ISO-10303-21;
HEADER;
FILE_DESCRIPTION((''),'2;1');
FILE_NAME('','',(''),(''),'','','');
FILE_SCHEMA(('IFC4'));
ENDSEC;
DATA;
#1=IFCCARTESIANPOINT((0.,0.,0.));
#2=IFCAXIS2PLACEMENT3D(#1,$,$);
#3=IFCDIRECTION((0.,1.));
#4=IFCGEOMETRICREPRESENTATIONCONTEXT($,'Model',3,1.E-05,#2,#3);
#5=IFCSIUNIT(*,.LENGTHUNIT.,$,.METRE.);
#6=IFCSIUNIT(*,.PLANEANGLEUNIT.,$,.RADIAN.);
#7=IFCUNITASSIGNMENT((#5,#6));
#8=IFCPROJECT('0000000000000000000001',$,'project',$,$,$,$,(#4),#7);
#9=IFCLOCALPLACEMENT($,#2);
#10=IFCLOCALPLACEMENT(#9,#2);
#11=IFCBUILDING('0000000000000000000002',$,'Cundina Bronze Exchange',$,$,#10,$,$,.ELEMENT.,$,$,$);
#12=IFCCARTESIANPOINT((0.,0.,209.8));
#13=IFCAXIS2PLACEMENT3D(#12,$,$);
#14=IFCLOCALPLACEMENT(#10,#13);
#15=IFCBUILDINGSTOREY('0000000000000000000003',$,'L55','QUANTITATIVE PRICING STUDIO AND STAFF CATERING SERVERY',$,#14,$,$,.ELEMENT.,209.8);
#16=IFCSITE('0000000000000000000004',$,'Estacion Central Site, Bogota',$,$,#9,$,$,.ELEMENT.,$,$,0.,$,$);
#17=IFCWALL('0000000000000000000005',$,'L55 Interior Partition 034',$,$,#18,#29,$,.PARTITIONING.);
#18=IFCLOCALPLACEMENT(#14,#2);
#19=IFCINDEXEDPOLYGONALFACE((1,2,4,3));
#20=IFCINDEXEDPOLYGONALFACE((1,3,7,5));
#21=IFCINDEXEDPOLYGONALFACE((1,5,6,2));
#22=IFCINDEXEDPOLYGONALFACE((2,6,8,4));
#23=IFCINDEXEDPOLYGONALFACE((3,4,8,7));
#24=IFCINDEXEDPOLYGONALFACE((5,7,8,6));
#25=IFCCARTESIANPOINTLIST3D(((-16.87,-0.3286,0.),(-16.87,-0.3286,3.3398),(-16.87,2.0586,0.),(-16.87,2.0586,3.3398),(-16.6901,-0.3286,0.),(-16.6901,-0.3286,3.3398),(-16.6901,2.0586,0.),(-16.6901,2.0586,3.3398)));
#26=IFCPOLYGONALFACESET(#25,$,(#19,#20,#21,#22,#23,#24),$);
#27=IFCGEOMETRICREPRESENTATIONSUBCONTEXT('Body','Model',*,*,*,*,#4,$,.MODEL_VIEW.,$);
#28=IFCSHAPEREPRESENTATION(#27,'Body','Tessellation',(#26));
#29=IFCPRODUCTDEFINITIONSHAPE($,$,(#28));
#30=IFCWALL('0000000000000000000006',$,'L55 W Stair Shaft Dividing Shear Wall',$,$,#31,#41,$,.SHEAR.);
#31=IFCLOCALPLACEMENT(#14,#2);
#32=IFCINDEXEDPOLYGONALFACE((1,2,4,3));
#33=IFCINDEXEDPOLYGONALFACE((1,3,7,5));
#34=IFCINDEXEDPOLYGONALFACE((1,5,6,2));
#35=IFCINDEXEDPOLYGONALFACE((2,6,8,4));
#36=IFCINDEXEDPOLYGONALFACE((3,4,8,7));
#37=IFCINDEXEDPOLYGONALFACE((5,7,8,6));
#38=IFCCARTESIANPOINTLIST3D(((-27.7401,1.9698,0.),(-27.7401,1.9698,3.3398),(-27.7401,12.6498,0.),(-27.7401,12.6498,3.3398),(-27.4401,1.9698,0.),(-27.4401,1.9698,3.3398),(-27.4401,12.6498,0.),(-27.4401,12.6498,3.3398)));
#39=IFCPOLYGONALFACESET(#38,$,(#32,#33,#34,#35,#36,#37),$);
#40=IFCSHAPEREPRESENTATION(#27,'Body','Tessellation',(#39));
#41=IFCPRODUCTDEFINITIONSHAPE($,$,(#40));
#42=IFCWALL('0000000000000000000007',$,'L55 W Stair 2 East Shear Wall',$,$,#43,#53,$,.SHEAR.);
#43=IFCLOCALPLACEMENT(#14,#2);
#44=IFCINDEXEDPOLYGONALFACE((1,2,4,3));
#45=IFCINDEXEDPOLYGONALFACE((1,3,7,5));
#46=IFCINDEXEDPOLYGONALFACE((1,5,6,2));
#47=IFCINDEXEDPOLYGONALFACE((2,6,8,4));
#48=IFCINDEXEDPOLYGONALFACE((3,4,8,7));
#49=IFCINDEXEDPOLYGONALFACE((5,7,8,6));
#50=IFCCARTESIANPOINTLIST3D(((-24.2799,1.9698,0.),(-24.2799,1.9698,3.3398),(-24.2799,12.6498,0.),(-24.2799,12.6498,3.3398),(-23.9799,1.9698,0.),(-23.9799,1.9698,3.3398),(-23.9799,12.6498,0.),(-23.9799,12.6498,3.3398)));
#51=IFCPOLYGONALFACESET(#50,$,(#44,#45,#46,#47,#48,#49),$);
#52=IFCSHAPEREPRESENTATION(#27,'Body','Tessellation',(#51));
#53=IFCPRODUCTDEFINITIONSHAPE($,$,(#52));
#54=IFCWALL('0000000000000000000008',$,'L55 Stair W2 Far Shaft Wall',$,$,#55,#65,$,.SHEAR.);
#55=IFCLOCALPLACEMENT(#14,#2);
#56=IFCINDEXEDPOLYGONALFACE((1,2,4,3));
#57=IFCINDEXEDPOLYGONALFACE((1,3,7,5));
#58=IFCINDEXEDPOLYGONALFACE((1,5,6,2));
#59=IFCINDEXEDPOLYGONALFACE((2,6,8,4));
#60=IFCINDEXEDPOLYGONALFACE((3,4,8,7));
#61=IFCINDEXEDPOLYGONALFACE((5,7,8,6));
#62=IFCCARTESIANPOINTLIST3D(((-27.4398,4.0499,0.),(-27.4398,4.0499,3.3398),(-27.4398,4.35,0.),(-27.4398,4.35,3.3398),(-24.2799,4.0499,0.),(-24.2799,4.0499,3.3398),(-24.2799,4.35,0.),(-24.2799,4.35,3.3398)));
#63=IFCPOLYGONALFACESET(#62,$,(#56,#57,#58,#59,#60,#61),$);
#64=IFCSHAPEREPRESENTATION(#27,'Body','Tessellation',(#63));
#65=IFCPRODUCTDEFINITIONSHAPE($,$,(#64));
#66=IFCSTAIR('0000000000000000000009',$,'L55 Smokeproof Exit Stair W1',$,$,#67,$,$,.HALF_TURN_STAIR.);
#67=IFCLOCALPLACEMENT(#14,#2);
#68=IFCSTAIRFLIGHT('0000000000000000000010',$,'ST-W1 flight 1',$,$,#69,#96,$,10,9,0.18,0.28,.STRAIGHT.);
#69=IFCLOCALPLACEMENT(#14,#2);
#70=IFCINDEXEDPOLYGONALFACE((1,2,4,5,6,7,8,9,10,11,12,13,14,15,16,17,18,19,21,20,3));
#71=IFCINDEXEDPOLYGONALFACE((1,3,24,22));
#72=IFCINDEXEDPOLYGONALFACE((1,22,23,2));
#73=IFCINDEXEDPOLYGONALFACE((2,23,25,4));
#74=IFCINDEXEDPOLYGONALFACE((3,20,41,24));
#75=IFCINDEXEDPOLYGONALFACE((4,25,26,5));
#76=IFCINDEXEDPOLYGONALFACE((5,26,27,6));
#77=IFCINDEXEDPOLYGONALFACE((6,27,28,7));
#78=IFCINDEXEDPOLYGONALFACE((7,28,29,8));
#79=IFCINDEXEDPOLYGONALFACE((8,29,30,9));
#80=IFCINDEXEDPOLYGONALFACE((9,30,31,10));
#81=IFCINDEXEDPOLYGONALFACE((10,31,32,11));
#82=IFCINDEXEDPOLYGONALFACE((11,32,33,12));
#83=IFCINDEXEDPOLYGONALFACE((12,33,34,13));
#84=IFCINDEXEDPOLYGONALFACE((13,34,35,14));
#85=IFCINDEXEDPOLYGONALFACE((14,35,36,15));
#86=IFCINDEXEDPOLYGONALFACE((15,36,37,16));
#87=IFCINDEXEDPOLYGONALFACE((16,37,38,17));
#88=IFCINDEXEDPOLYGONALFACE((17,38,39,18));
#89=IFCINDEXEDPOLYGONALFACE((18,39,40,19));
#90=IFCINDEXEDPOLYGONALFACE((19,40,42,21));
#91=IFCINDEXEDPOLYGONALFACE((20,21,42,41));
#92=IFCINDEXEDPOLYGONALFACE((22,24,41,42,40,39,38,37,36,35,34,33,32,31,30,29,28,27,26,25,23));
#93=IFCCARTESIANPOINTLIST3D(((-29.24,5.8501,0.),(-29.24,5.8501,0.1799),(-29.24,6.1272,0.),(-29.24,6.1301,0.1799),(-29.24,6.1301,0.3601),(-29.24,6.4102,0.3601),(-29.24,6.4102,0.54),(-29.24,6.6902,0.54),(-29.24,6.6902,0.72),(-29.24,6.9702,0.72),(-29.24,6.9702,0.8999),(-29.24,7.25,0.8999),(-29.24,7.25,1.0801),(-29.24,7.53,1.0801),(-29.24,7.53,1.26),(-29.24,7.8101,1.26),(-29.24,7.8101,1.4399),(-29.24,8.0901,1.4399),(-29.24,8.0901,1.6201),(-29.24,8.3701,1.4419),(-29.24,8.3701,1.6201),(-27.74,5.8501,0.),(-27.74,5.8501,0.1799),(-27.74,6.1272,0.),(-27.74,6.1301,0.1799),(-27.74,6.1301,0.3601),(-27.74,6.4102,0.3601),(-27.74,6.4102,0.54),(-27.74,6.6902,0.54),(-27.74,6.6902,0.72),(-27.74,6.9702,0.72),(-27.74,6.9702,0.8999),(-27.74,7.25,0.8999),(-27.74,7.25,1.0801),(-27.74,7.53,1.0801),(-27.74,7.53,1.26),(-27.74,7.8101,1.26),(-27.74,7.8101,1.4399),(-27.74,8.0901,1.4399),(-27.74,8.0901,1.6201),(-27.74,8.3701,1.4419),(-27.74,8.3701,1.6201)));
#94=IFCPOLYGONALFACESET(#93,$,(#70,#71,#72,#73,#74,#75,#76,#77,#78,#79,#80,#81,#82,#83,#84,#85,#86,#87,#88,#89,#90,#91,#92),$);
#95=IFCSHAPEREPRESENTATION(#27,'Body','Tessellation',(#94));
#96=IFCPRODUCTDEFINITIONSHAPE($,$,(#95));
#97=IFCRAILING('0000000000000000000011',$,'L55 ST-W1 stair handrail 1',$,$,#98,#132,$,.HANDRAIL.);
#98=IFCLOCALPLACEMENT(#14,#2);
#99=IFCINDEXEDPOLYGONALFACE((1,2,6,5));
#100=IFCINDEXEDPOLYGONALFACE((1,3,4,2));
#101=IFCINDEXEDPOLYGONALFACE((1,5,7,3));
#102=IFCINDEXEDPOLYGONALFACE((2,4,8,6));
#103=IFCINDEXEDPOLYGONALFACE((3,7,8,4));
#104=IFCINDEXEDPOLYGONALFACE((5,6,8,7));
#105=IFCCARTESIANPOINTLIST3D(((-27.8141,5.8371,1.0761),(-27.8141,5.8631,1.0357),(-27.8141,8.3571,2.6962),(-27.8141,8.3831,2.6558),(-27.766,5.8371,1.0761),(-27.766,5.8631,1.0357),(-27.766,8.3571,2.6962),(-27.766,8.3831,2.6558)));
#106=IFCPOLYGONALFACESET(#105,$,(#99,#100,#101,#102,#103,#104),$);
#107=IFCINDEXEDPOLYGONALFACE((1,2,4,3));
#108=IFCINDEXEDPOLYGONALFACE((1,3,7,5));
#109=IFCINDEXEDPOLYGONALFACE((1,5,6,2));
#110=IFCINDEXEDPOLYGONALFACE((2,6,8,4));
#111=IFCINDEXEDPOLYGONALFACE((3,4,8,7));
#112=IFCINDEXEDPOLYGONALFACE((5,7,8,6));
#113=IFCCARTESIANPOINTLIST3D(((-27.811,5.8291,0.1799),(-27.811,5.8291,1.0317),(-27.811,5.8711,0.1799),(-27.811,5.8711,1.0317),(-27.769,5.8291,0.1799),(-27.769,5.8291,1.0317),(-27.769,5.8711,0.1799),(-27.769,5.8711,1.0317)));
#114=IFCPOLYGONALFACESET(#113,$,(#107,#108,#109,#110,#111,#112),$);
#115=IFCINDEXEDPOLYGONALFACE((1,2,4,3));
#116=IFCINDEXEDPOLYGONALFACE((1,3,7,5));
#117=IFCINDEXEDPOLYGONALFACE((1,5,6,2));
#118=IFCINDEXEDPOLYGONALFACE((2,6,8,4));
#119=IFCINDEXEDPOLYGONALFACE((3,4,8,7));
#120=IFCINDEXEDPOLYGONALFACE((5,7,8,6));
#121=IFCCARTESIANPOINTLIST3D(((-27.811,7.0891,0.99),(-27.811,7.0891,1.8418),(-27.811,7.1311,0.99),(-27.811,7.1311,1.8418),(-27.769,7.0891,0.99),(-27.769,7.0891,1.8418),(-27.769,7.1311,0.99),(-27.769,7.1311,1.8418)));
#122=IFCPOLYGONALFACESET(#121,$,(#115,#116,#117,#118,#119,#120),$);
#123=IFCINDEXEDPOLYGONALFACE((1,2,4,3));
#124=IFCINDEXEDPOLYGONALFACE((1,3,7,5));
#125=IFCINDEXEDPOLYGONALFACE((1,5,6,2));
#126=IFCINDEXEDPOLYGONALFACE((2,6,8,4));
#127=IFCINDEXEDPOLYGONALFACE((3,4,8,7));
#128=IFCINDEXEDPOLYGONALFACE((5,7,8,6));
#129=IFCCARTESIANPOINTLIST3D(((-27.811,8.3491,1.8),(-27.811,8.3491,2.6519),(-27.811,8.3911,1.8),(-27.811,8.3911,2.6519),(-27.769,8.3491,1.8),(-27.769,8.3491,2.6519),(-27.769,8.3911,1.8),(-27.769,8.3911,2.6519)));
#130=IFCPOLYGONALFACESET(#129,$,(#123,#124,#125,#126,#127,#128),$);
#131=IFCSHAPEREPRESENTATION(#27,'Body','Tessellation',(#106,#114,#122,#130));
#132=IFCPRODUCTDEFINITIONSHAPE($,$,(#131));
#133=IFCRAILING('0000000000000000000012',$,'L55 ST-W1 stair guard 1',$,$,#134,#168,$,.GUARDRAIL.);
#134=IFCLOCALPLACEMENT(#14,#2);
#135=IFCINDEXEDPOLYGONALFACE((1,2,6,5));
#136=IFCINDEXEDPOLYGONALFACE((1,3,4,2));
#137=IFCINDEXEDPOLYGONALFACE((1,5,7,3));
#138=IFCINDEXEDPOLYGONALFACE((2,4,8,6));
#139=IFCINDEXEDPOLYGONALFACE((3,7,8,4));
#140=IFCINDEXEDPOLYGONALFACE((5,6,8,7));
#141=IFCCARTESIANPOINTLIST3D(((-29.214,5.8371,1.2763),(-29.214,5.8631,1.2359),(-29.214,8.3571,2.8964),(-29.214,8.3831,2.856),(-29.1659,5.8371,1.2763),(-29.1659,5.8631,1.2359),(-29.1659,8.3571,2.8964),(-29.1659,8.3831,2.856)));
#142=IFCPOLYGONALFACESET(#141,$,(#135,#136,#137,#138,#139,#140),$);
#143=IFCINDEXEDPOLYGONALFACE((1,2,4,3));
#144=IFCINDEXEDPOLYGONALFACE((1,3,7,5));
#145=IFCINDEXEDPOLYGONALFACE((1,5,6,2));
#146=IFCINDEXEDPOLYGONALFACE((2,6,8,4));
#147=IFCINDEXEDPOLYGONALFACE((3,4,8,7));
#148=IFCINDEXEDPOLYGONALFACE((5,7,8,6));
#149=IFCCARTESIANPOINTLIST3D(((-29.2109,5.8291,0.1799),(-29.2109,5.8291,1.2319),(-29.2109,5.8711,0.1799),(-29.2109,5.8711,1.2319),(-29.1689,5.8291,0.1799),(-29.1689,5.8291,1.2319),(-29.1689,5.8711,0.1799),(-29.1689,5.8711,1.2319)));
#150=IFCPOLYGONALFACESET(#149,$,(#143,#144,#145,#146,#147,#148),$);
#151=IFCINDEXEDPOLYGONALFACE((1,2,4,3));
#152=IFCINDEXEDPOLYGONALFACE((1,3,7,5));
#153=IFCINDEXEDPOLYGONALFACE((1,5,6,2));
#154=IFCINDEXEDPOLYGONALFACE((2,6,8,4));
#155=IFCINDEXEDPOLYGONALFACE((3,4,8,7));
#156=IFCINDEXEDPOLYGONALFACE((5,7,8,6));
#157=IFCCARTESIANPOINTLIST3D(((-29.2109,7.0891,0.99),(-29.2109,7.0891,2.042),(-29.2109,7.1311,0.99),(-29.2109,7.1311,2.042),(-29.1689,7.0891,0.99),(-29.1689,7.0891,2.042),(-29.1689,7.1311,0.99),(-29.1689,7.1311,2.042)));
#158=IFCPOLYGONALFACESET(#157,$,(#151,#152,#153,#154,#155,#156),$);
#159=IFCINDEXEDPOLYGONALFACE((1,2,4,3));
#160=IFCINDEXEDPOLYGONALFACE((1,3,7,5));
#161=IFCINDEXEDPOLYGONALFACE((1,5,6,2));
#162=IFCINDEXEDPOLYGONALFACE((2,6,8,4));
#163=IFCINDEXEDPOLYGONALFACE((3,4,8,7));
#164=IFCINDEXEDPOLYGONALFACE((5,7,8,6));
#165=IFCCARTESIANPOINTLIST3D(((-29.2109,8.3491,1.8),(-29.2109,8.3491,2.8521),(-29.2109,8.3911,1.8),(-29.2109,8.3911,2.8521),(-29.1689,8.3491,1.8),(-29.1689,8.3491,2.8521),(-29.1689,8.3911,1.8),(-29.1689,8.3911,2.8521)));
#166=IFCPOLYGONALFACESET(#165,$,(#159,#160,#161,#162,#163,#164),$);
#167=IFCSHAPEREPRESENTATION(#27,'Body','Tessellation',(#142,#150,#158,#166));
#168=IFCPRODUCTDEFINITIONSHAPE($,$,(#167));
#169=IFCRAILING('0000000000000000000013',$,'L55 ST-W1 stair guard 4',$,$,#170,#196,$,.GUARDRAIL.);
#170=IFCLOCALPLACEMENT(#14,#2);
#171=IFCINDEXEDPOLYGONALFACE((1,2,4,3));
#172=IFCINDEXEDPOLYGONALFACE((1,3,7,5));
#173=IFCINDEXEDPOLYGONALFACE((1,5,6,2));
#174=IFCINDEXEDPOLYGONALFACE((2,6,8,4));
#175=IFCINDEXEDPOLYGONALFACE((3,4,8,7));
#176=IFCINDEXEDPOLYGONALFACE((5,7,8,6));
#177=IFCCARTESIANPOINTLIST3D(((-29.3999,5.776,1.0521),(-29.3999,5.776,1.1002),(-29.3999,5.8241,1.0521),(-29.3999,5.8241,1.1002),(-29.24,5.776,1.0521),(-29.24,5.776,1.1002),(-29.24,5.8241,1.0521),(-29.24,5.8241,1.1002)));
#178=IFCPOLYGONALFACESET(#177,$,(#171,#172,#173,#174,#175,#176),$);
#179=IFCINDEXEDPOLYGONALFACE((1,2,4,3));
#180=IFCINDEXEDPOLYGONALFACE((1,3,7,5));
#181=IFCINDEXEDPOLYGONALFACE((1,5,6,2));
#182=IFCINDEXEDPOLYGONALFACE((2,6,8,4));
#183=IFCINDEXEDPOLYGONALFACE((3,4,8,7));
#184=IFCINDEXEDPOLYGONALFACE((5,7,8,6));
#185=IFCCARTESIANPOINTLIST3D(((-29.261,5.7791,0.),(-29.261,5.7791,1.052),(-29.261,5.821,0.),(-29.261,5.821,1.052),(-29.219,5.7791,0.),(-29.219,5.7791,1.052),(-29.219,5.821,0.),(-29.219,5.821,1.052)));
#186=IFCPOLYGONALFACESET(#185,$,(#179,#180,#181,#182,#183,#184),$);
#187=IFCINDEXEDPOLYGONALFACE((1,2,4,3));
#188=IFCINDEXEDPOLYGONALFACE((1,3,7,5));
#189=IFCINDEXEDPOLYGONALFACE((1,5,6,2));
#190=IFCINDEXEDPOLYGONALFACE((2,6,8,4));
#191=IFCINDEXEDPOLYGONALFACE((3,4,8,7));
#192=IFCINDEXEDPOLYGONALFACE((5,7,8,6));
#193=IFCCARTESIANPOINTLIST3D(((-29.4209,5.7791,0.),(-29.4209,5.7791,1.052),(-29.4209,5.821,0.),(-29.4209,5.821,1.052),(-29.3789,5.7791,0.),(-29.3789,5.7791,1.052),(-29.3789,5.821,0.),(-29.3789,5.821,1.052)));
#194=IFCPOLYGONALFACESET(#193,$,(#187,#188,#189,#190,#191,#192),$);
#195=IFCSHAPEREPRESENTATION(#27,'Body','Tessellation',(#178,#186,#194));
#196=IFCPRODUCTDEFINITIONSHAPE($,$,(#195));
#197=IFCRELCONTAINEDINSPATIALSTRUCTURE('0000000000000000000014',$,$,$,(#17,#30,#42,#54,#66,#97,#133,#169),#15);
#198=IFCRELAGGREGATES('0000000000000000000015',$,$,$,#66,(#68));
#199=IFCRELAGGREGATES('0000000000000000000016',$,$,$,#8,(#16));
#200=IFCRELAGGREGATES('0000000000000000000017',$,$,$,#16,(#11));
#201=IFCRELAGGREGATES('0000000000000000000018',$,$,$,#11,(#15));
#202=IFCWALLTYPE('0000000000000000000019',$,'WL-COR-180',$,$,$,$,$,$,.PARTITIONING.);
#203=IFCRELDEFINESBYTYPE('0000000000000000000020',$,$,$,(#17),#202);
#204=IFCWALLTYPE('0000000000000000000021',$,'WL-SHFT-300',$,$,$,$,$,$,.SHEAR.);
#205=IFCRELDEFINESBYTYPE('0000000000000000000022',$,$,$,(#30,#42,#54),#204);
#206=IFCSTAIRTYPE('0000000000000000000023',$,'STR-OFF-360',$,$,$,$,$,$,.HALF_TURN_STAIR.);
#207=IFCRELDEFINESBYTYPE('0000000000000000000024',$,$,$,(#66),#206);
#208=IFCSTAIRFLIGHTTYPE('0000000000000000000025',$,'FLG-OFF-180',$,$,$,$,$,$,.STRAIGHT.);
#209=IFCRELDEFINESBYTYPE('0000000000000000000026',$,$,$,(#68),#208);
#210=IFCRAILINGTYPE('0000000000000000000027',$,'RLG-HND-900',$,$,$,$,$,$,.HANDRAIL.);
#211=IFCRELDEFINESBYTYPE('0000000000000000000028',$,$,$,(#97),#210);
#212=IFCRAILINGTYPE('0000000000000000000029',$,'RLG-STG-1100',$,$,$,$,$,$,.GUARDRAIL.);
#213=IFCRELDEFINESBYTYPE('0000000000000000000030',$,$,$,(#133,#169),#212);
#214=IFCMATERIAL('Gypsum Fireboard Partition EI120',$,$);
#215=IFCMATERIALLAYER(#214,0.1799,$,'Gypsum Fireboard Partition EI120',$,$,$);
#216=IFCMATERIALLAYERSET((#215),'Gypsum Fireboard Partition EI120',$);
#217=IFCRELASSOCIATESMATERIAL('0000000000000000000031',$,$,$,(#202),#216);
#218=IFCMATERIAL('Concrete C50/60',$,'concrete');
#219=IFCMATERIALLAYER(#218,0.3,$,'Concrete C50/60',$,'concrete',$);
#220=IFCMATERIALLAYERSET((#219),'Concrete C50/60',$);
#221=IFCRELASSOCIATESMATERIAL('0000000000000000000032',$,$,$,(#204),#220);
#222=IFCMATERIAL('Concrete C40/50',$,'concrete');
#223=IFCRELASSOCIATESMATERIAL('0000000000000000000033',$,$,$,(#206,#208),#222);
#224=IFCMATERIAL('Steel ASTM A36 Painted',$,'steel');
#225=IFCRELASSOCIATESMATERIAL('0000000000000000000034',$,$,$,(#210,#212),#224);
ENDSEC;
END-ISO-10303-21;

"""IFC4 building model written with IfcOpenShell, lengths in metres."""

from ifc_helpers import new_model, si_unit, direction, frame, frame_2d, origin, origin_2d, place, context, subcontext, project, spatial, polyline, rectangle, outline, extrude, material, layer, layer_set, type_object, element, aggregate, save


model = new_model("IFC4")

# Units and contexts
model_context = context("Model", 3, precision=1e-05, world=origin(), true_north=direction((0.0, 1.0)))
body_context = subcontext(model_context, "Body", "Model", "MODEL_VIEW")
ifc_project = project(units=[si_unit("LENGTHUNIT", "METRE"), si_unit("PLANEANGLEUNIT", "RADIAN")], contexts=[model_context])

# Site, building, storey
site_placement = place(None, origin())
site = spatial("IfcSite", under=ifc_project, at=site_placement, Name="Estacion Central Site, Bogota", CompositionType="ELEMENT", RefElevation=0.0)
building_placement = place(site_placement, origin())
building = spatial("IfcBuilding", under=site, at=building_placement, Name="Cundina Bronze Exchange", CompositionType="ELEMENT")
storey_placement = place(building_placement, frame((0.0, 0.0, 209.8)))
storey = spatial("IfcBuildingStorey", under=building, at=storey_placement, Name="L55", Description="QUANTITATIVE PRICING STUDIO AND STAFF CATERING SERVERY", CompositionType="ELEMENT", Elevation=209.8)

# Shared definitions
ifc_material_1 = material(Name="Concrete C50/60", Category="concrete")

# Shared definitions
ifc_material_2 = material(Name="Gypsum Fireboard Partition EI120")
ifc_layer_1 = layer(ifc_material_2, 0.1799, Name="Gypsum Fireboard Partition EI120")
ifc_layer_set_1 = layer_set([ifc_layer_1], Name="Gypsum Fireboard Partition EI120")
wall_type_1 = type_object("IfcWallType", Name="WL-COR-180", PredefinedType="PARTITIONING", material=ifc_layer_set_1)

# Shared definitions
ifc_material_3 = material(Name="Steel ASTM A36 Painted", Category="steel")

# Walls
wall_1_placement = place(storey_placement, frame((-16.78, -0.3286, 0.0), z_axis=(0.0, 0.0, 1.0), x_axis=(0.0, 1.0, 0.0)))
element("IfcWall", 1, at=wall_1_placement, inside=storey, type_object=wall_type_1, Name="L55 Interior Partition 034", PredefinedType="PARTITIONING", context=body_context, shape_type="SweptSolid", body=[
    extrude(rectangle(XDim=2.3872, YDim=0.1799, at=frame_2d((1.1936, 0.0))), origin(), (0.0, 0.0, 1.0), 3.3398),
])
ifc_layer_2 = layer(ifc_material_1, 0.3, Name="Concrete C50/60", Category="concrete")
ifc_layer_set_2 = layer_set([ifc_layer_2], Name="Concrete C50/60")
wall_type_2 = type_object("IfcWallType", Name="WL-SHFT-300", PredefinedType="SHEAR", material=ifc_layer_set_2)
for number, where, z_axis, x_axis, name in (
    (2, (-27.5901, 1.97, 0.0), (0.0, 0.0, 1.0), (0.0, 1.0, 0.0), "L55 W Stair Shaft Dividing Shear Wall"),
    (3, (-24.1299, 1.97, 0.0), (0.0, 0.0, 1.0), (0.0, 1.0, 0.0), "L55 W Stair 2 East Shear Wall"),
):
    element("IfcWall", number, at=place(storey_placement, frame(where, z_axis=z_axis, x_axis=x_axis)), inside=storey, type_object=wall_type_2, Name=name, PredefinedType="SHEAR", context=body_context, shape_type="SweptSolid", body=[
        extrude(rectangle(XDim=10.6799, YDim=0.3, at=frame_2d((5.3398, 0.0))), origin(), (0.0, 0.0, 1.0), 3.3398),
    ])
wall_2_placement = place(storey_placement, frame((-27.4399, 4.2, 0.0), z_axis=(0.0, 0.0, 1.0), x_axis=(1.0, 0.0, 0.0)))
element("IfcWall", 4, at=wall_2_placement, inside=storey, type_object=wall_type_2, Name="L55 Stair W2 Far Shaft Wall", PredefinedType="SHEAR", context=body_context, shape_type="SweptSolid", body=[
    extrude(rectangle(XDim=3.1599, YDim=0.3, at=frame_2d((1.5801, 0.0))), origin(), (0.0, 0.0, 1.0), 3.3398),
])

# Stair, stair flight
ifc_material_4 = material(Name="Concrete C40/50", Category="concrete")
stair_type = type_object("IfcStairType", Name="STR-OFF-360", PredefinedType="HALF_TURN_STAIR", material=ifc_material_4)
stair_placement = place(storey_placement, origin())
stair = element("IfcStair", 5, at=stair_placement, inside=storey, type_object=stair_type, Name="L55 Smokeproof Exit Stair W1", PredefinedType="HALF_TURN_STAIR")
stair_flight_type = type_object("IfcStairFlightType", Name="FLG-OFF-180", PredefinedType="STRAIGHT", material=ifc_material_4)
stair_flight_placement = place(storey_placement, frame((-28.49, 5.8501, 0.0), z_axis=(0.0, 0.0, 1.0), x_axis=(0.0, 1.0, 0.0)))
stair_flight = element("IfcStairFlight", 6, at=stair_flight_placement, type_object=stair_flight_type, Name="ST-W1 flight 1", NumberOfRisers=10, NumberOfTreads=9, PredefinedType="STRAIGHT", RiserHeight=0.18, TreadLength=0.28, context=body_context, shape_type="SweptSolid", body=[
    extrude(outline(polyline([(0.0, 0.0), (0.0, 0.1799), (0.28, 0.1799), (0.28, 0.3601), (0.5601, 0.3601), (0.5601, 0.54), (0.8401, 0.54), (0.8401, 0.72), (1.1201, 0.72), (1.1201, 0.8999), (1.3999, 0.8999), (1.3999, 1.0801), (1.6799, 1.0801), (1.6799, 1.26), (1.96, 1.26), (1.96, 1.4399), (2.24, 1.4399), (2.24, 1.6201), (2.52, 1.6201), (2.52, 1.8), (2.52, 1.4419), (0.2771, 0.0), (0.0, 0.0)])), frame((0.0, 0.75, 0.0), z_axis=(0.0, -1.0, 0.0), x_axis=(1.0, 0.0, 0.0)), (0.0, 0.0, 1.0), 1.5),
])
aggregate(stair, [stair_flight])

# Railings
railing_type_1 = type_object("IfcRailingType", Name="RLG-HND-900", PredefinedType="HANDRAIL", material=ifc_material_3)
railing_1_placement = place(storey_placement, frame((-27.79, 5.8501, 0.1799)))
element("IfcRailing", 7, at=railing_1_placement, inside=storey, type_object=railing_type_1, Name="L55 ST-W1 stair handrail 1", PredefinedType="HANDRAIL", context=body_context, shape_type="SweptSolid", body=[
    extrude(rectangle(XDim=0.0481, YDim=0.0481, at=origin_2d()), frame((0.0, 0.0, 0.876), z_axis=(0.0, 0.841163, 0.540782), x_axis=(-1.0, 0.0, 0.0)), (0.0, 0.0, 1.0), 2.9958),
    extrude(rectangle(XDim=0.042, YDim=0.042, at=origin_2d()), origin(), (0.0, 0.0, 1.0), 0.8518),
    extrude(rectangle(XDim=0.042, YDim=0.042, at=origin_2d()), frame((0.0, 1.26, 0.8101)), (0.0, 0.0, 1.0), 0.8518),
    extrude(rectangle(XDim=0.042, YDim=0.042, at=origin_2d()), frame((0.0, 2.52, 1.6201)), (0.0, 0.0, 1.0), 0.8518),
])
railing_type_2 = type_object("IfcRailingType", Name="RLG-STG-1100", PredefinedType="GUARDRAIL", material=ifc_material_3)
railing_2_placement = place(storey_placement, frame((-29.1899, 5.8501, 0.1799)))
element("IfcRailing", 8, at=railing_2_placement, inside=storey, type_object=railing_type_2, Name="L55 ST-W1 stair guard 1", PredefinedType="GUARDRAIL", context=body_context, shape_type="SweptSolid", body=[
    extrude(rectangle(XDim=0.0481, YDim=0.0481, at=origin_2d()), frame((0.0, 0.0, 1.0762), z_axis=(0.0, 0.841163, 0.540782), x_axis=(-1.0, 0.0, 0.0)), (0.0, 0.0, 1.0), 2.9958),
    extrude(rectangle(XDim=0.042, YDim=0.042, at=origin_2d()), origin(), (0.0, 0.0, 1.0), 1.052),
    extrude(rectangle(XDim=0.042, YDim=0.042, at=origin_2d()), frame((0.0, 1.26, 0.8101)), (0.0, 0.0, 1.0), 1.052),
    extrude(rectangle(XDim=0.042, YDim=0.042, at=origin_2d()), frame((0.0, 2.52, 1.6201)), (0.0, 0.0, 1.0), 1.052),
])
railing_3_placement = place(storey_placement, frame((-29.24, 5.8, 0.0)))
element("IfcRailing", 9, at=railing_3_placement, inside=storey, type_object=railing_type_2, Name="L55 ST-W1 stair guard 4", PredefinedType="GUARDRAIL", context=body_context, shape_type="SweptSolid", body=[
    extrude(rectangle(XDim=0.0481, YDim=0.0481, at=origin_2d()), frame((0.0, 0.0, 1.0762), z_axis=(-1.0, 0.0, 0.0), x_axis=(0.0, -1.0, 0.0)), (0.0, 0.0, 1.0), 0.1599),
    extrude(rectangle(XDim=0.042, YDim=0.042, at=origin_2d()), origin(), (0.0, 0.0, 1.0), 1.052),
    extrude(rectangle(XDim=0.042, YDim=0.042, at=origin_2d()), frame((-0.1599, 0.0, 0.0)), (0.0, 0.0, 1.0), 1.052),
])

save(model, "model.ifc")
